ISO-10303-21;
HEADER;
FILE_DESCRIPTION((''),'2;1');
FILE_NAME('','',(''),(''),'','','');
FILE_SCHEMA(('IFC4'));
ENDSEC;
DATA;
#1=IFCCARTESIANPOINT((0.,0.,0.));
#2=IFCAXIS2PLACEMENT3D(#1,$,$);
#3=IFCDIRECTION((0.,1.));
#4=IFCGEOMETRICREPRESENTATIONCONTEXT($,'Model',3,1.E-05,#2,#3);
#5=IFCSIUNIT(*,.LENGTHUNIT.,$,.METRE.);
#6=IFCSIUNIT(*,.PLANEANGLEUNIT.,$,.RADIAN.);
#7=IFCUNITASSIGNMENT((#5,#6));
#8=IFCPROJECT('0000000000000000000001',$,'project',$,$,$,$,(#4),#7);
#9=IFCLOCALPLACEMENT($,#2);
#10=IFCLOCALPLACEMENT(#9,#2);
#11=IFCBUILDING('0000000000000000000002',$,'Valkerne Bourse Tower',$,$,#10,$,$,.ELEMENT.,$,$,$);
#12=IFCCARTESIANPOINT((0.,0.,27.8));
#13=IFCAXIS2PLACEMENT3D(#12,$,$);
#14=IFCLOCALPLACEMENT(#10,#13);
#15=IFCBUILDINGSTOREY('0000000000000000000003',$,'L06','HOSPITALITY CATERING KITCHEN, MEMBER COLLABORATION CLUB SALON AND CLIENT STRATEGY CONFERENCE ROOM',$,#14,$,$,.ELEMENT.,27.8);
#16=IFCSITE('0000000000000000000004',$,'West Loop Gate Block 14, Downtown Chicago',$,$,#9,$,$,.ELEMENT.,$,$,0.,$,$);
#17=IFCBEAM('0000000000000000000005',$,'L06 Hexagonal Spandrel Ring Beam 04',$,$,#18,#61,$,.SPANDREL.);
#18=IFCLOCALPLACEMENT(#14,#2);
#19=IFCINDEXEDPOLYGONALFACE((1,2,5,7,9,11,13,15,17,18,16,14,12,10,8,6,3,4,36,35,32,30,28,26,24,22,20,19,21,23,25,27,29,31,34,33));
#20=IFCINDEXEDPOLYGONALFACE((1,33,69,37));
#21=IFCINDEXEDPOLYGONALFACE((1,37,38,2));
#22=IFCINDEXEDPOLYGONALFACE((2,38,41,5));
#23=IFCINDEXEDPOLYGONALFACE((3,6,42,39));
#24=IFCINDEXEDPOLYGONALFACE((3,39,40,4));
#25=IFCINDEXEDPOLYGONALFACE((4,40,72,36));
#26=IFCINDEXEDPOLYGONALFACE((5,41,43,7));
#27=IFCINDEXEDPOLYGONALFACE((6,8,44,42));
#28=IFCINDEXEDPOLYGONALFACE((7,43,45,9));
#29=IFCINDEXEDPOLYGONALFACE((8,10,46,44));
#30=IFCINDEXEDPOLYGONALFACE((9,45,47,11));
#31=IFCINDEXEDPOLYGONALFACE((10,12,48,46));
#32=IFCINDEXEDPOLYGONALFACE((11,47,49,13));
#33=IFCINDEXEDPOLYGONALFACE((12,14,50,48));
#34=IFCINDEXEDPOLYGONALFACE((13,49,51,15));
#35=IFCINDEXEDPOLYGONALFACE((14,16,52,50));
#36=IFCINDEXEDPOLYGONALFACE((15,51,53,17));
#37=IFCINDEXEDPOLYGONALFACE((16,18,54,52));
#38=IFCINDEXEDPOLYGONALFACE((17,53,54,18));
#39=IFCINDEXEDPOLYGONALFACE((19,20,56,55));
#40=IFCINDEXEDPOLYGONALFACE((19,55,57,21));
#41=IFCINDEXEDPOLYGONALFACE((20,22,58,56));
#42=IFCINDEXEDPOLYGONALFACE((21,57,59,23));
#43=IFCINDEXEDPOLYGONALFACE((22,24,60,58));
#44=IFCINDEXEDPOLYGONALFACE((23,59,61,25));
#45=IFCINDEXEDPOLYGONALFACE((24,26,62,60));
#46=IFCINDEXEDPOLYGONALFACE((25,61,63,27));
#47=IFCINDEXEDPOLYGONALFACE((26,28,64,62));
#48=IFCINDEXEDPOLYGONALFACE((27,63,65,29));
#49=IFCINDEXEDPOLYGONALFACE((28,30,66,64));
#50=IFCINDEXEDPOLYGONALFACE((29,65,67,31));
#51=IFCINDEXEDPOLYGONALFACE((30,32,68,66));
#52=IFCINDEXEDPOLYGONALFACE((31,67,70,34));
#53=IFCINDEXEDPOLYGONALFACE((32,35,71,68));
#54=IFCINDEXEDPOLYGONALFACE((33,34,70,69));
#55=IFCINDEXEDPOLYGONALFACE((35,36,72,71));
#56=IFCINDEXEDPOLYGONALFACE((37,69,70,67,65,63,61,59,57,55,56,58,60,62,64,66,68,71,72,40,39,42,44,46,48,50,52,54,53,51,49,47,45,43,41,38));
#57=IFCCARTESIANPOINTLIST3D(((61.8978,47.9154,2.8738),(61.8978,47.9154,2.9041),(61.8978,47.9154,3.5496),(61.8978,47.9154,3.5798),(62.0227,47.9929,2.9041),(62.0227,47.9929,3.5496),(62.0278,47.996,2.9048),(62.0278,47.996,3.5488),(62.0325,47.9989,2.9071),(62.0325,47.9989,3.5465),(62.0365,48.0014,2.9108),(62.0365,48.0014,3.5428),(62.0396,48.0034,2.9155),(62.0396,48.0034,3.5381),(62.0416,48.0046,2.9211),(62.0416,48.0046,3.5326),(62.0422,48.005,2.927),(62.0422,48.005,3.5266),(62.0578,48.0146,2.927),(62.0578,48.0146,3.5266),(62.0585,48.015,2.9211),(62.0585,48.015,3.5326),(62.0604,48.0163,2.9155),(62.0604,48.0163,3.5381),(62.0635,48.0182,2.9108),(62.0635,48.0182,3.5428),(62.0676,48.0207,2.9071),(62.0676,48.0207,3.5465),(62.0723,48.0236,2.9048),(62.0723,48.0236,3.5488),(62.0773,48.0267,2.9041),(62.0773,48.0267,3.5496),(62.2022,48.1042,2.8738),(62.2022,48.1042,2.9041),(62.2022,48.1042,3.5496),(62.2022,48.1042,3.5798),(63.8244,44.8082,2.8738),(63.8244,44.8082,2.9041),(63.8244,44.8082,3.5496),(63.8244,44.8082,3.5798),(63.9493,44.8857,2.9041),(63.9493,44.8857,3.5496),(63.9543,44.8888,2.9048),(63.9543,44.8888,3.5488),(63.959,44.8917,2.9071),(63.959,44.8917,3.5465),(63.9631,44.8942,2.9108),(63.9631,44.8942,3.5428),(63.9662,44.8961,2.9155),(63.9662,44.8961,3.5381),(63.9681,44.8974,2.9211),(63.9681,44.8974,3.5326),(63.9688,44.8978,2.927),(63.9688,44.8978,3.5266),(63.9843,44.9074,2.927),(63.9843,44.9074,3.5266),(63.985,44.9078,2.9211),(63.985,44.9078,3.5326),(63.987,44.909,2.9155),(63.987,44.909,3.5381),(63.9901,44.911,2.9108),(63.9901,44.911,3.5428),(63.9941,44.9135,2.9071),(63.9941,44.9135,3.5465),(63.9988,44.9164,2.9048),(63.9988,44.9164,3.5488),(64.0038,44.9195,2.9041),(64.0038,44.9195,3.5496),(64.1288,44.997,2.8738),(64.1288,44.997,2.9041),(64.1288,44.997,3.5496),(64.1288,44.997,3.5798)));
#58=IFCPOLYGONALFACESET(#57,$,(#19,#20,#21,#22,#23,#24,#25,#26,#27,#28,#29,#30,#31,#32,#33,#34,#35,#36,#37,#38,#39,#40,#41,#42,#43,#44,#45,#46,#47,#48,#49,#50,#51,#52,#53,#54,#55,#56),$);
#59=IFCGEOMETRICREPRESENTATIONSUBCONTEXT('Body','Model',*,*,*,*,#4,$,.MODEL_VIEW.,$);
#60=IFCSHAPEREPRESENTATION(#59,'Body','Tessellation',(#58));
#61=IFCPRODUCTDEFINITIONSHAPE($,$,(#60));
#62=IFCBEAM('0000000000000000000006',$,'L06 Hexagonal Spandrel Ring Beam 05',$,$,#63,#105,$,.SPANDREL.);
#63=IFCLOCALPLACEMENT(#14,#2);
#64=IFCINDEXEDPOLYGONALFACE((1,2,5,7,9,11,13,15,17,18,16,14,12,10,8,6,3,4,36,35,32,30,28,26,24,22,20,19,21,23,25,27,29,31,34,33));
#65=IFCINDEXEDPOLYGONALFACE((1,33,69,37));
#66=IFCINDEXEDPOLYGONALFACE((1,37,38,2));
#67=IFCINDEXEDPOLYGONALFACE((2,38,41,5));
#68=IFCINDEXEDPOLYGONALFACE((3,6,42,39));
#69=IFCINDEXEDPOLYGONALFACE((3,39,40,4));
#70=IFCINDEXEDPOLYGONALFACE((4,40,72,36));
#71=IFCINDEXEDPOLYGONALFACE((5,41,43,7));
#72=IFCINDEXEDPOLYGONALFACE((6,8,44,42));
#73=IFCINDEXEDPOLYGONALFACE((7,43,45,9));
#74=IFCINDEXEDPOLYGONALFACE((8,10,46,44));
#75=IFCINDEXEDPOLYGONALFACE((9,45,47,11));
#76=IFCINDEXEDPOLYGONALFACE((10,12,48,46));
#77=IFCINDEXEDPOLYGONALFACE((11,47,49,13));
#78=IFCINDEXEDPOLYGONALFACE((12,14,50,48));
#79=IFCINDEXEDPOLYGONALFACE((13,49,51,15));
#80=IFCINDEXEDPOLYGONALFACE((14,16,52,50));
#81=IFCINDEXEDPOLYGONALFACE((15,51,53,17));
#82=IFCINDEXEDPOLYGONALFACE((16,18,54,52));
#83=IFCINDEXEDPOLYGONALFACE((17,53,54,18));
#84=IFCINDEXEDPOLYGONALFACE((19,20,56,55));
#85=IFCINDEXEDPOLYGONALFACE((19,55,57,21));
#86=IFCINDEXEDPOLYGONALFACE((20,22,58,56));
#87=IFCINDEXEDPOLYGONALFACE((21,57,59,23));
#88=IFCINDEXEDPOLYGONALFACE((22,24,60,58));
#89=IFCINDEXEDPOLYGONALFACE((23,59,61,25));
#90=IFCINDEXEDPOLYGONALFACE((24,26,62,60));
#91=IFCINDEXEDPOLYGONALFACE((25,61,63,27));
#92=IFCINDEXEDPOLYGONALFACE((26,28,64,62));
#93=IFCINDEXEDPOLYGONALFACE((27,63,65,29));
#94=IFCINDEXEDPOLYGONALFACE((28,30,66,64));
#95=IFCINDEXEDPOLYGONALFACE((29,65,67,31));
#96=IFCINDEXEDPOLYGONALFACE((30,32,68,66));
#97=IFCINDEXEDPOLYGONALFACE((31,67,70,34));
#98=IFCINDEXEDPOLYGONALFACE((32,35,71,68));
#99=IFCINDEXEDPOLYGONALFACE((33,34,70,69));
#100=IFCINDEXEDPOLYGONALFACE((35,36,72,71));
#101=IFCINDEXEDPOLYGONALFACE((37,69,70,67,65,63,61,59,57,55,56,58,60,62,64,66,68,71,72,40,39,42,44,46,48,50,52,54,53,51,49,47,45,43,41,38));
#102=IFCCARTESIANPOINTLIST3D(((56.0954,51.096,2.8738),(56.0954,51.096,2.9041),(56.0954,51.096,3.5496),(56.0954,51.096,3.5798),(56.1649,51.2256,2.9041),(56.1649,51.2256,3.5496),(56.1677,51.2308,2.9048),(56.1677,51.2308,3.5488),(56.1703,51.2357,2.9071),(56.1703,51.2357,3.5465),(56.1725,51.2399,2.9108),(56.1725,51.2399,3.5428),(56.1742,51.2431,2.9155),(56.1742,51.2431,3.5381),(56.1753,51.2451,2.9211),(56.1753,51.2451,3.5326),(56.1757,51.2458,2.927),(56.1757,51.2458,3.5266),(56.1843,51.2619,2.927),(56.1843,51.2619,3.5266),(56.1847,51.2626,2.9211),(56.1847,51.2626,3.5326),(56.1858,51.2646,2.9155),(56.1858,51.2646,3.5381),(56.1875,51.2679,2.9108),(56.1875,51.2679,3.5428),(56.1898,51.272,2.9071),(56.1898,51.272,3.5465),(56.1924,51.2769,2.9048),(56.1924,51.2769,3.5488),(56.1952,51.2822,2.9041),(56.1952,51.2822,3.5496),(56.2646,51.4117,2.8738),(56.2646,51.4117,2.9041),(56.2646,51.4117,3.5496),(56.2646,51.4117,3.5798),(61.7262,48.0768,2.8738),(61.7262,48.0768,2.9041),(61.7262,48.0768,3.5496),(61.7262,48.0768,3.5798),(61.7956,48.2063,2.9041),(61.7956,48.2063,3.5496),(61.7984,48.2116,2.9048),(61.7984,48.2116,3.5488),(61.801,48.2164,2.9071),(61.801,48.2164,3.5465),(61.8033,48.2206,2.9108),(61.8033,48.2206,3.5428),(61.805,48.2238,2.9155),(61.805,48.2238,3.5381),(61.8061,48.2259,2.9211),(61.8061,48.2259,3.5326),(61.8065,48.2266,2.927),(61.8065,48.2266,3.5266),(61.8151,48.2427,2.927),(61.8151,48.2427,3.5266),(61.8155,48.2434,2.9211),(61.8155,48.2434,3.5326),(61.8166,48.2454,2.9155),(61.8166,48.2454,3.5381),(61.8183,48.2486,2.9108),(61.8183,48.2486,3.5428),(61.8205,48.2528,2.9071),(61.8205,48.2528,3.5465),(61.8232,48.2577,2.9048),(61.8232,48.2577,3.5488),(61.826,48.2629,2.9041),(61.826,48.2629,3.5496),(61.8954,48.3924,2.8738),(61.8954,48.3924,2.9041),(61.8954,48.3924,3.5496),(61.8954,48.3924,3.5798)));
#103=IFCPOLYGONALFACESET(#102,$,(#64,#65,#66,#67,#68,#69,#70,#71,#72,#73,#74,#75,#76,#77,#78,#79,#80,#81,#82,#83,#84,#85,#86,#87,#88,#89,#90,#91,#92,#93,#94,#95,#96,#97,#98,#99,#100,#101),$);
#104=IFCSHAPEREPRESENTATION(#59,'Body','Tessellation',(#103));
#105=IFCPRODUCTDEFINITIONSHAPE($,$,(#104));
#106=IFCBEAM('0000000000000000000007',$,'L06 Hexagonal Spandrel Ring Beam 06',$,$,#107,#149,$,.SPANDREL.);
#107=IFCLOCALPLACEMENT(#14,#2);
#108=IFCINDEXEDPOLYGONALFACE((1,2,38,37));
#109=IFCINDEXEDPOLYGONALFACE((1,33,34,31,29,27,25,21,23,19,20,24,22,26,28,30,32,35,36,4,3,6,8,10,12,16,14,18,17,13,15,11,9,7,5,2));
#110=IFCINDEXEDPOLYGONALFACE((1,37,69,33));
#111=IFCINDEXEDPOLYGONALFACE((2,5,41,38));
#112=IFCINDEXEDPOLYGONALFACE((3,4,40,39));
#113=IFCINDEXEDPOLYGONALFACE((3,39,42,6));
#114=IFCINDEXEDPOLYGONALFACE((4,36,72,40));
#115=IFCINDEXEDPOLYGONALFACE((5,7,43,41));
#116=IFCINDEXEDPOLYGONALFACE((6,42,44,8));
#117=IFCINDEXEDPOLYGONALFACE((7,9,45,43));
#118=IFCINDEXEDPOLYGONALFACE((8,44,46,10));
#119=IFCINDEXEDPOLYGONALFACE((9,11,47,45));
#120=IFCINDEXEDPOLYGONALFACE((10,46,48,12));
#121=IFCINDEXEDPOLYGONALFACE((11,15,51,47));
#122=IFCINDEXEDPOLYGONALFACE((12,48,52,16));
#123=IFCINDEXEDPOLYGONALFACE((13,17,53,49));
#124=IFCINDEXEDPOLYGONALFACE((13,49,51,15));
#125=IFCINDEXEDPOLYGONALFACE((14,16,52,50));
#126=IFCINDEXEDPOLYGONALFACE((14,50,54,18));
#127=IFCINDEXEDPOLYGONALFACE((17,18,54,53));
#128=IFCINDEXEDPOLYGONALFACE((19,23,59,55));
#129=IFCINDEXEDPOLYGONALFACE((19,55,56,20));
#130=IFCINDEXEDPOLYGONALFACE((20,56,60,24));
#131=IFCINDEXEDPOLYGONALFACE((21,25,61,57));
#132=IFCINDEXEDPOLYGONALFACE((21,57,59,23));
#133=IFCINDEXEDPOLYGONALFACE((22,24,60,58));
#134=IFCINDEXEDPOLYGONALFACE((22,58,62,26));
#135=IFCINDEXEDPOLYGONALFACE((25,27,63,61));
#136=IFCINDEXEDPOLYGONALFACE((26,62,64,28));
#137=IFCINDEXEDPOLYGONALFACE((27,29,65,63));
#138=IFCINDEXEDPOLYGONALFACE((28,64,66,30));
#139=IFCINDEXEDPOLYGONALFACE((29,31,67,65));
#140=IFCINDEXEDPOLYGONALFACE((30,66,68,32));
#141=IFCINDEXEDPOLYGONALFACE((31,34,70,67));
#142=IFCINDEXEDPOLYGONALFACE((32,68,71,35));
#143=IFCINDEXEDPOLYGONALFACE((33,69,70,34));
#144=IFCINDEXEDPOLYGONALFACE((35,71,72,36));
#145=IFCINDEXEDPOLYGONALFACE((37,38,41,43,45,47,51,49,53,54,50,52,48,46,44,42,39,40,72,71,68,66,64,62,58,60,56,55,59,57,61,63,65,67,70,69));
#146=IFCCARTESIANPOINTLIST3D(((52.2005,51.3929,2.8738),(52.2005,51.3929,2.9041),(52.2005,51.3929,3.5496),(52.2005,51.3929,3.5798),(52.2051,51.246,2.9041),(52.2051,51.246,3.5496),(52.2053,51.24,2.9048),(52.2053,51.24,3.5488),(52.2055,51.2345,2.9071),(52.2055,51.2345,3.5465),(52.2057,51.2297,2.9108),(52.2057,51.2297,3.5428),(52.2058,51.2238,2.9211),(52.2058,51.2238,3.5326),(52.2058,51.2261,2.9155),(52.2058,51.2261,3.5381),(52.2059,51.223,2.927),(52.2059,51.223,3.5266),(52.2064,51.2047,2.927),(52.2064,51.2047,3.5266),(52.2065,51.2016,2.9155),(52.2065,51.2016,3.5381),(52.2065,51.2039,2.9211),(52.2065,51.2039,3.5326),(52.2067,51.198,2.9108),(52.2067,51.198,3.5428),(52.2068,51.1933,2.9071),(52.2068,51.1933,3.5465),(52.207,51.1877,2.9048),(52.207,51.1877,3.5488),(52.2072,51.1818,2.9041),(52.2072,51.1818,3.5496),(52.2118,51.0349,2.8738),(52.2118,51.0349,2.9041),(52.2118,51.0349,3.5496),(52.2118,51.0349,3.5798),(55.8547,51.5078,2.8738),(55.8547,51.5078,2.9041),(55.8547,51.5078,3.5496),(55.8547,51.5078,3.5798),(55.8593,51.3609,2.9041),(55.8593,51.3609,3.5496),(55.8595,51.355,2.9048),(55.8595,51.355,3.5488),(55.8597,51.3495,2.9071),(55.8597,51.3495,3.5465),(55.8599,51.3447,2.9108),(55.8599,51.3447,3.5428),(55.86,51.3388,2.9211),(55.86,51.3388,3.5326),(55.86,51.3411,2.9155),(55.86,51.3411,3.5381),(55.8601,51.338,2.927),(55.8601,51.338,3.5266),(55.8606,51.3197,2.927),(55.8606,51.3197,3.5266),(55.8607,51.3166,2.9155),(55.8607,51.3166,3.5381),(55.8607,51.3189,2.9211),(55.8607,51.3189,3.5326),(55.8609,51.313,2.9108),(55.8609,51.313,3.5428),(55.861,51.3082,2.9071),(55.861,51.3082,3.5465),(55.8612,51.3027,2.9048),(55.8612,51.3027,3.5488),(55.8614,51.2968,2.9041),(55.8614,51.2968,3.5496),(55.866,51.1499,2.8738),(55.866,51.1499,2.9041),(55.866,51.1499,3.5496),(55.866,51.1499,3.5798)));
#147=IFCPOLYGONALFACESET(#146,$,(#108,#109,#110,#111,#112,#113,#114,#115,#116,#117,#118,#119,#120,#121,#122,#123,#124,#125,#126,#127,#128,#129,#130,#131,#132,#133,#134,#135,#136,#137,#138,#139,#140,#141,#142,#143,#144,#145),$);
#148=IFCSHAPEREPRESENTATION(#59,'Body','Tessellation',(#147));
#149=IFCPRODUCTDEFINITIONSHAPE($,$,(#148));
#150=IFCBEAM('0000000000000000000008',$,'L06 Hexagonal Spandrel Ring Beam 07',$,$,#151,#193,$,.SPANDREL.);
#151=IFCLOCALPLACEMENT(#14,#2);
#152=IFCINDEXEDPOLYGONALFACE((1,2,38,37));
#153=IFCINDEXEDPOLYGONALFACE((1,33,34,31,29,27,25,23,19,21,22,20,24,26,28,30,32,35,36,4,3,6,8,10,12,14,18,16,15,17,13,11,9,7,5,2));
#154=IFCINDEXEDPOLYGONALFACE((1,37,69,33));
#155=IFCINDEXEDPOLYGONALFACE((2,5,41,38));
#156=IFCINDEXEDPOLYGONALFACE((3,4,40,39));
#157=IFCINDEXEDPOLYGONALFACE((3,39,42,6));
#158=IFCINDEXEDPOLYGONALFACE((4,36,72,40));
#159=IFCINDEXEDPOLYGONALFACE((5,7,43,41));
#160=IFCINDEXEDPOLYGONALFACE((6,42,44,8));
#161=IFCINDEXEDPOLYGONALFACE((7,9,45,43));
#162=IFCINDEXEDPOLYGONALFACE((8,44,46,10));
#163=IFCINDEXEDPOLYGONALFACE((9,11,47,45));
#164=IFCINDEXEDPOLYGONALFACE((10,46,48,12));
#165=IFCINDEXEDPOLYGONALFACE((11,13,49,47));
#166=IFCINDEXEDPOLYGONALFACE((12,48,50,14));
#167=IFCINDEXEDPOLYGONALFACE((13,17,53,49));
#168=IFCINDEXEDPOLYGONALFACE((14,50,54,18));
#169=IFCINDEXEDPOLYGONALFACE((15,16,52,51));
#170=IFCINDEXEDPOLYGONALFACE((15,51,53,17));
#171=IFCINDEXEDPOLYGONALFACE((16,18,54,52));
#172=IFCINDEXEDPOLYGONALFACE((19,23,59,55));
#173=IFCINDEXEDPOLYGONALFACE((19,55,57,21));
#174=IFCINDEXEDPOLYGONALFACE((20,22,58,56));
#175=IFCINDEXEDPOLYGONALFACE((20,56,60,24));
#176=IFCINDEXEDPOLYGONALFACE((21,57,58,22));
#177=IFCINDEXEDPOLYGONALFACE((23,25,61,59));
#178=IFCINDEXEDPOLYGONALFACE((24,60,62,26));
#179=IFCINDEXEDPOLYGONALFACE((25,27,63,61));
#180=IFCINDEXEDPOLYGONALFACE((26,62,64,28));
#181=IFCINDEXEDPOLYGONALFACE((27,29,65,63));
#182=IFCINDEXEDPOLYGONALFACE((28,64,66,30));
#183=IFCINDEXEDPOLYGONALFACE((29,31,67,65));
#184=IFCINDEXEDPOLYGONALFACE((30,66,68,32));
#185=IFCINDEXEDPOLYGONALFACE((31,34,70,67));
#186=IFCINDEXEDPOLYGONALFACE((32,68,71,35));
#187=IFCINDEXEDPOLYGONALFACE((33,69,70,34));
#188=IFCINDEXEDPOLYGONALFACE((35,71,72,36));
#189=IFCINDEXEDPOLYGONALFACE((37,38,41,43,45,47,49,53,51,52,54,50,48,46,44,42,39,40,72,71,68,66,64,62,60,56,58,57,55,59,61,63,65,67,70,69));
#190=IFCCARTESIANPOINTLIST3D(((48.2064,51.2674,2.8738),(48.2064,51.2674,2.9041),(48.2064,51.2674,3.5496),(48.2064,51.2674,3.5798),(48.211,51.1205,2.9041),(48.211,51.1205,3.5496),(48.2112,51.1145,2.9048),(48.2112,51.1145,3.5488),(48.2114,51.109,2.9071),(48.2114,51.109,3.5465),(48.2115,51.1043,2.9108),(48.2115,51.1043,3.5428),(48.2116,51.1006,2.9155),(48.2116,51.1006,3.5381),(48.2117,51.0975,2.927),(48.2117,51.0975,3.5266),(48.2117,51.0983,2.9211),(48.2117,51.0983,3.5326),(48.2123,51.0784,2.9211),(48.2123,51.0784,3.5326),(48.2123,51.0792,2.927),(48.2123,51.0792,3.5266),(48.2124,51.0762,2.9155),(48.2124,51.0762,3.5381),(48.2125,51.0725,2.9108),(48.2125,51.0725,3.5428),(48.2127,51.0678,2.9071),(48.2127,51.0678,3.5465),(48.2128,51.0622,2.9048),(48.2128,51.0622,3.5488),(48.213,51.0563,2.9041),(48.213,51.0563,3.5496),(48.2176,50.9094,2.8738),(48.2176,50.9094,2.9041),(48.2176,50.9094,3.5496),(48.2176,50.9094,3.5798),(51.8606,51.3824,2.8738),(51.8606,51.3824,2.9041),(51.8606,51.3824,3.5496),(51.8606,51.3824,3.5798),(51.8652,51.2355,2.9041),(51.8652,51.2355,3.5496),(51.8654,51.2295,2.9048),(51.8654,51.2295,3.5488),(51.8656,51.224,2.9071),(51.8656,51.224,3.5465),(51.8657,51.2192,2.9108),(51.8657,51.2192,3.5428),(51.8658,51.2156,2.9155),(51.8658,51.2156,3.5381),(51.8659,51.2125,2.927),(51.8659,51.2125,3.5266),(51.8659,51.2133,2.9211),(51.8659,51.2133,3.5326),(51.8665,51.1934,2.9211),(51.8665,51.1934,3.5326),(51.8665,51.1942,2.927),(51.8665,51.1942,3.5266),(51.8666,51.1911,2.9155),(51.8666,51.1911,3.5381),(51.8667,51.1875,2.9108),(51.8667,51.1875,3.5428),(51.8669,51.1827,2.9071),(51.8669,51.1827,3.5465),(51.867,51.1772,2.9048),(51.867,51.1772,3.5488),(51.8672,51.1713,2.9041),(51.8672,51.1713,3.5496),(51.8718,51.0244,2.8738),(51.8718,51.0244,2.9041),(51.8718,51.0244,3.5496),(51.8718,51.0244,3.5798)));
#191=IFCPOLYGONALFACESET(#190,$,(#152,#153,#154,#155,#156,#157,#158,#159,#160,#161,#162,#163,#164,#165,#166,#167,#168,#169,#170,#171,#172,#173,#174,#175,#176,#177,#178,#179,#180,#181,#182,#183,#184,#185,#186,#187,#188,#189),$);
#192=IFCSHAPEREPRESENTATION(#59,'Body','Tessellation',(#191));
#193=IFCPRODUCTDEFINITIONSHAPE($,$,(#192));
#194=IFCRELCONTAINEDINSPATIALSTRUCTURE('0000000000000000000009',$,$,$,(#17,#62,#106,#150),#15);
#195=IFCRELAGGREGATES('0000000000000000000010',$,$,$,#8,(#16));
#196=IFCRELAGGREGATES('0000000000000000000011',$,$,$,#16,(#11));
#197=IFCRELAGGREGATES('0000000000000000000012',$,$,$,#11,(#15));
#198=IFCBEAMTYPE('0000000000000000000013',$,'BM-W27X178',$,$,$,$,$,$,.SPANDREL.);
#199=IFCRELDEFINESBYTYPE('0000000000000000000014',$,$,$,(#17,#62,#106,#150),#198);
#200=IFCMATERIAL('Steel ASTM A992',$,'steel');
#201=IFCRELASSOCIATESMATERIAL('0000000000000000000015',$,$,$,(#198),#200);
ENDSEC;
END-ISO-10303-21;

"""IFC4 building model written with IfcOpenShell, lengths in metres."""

from ifc_helpers import new_model, si_unit, direction, frame, origin, origin_2d, place, context, subcontext, project, spatial, i_section, extrude, material, material_profile, profile_set, type_object, element, save


model = new_model("IFC4")

# Units and contexts
model_context = context("Model", 3, precision=1e-05, world=origin(), true_north=direction((0.0, 1.0)))
body_context = subcontext(model_context, "Body", "Model", "MODEL_VIEW")
ifc_project = project(units=[si_unit("LENGTHUNIT", "METRE"), si_unit("PLANEANGLEUNIT", "RADIAN")], contexts=[model_context])

# Site, building, storey
site_placement = place(None, origin())
site = spatial("IfcSite", under=ifc_project, at=site_placement, Name="West Loop Gate Block 14, Downtown Chicago", CompositionType="ELEMENT", RefElevation=0.0)
building_placement = place(site_placement, origin())
building = spatial("IfcBuilding", under=site, at=building_placement, Name="Valkerne Bourse Tower", CompositionType="ELEMENT")
storey_placement = place(building_placement, frame((0.0, 0.0, 27.8)))
storey = spatial("IfcBuildingStorey", under=building, at=storey_placement, Name="L06", Description="HOSPITALITY CATERING KITCHEN, MEMBER COLLABORATION CLUB SALON AND CLIENT STRATEGY CONFERENCE ROOM", CompositionType="ELEMENT", Elevation=27.8)

# Beams
ifc_material_1 = material(Name="Steel ASTM A992", Category="steel")
ifc_material_profile_1 = material_profile(ifc_material_1, i_section(OverallWidth=0.3582, OverallDepth=0.7061, WebThickness=0.0183, FlangeThickness=0.0303, FilletRadius=0.0229, at=origin_2d()), Name="W27X178")
ifc_profile_set_1 = profile_set([ifc_material_profile_1], Name="Steel ASTM A992")
beam_type = type_object("IfcBeamType", Name="BM-W27X178", PredefinedType="SPANDREL", material=ifc_profile_set_1)
for number, where, z_axis, x_axis, name in (
    (1, (63.9766, 44.9026, 3.2268), (-0.526952, 0.849895, 0.0), (-0.849895, -0.526952, 0.0), "L06 Hexagonal Spandrel Ring Beam 04"),
):
    element("IfcBeam", number, at=place(storey_placement, frame(where, z_axis=z_axis, x_axis=x_axis)), inside=storey, type_object=beam_type, Name=name, PredefinedType="SPANDREL", context=body_context, shape_type="SweptSolid", body=[
        extrude(i_section(OverallWidth=0.3582, OverallDepth=0.7061, WebThickness=0.0183, FlangeThickness=0.0303, FilletRadius=0.0229, at=origin_2d()), origin(), (0.0, 0.0, 1.0), 3.656),
    ])
beam_placement = place(storey_placement, frame((61.8108, 48.2346, 3.2268), z_axis=(-0.8813, 0.472556, 0.0), x_axis=(-0.472556, -0.8813, 0.0)))
element("IfcBeam", 2, at=beam_placement, inside=storey, type_object=beam_type, Name="L06 Hexagonal Spandrel Ring Beam 05", PredefinedType="SPANDREL", context=body_context, shape_type="SweptSolid", body=[
    extrude(i_section(OverallWidth=0.3582, OverallDepth=0.7061, WebThickness=0.0183, FlangeThickness=0.0303, FilletRadius=0.0229, at=origin_2d()), origin(), (0.0, 0.0, 1.0), 6.3892),
])
for number, where, z_axis, x_axis, name in (
    (3, (55.8604, 51.3289, 3.2268), (-0.999505, -0.031452, 0.0), (0.031452, -0.999505, 0.0), "L06 Hexagonal Spandrel Ring Beam 06"),
    (4, (51.8662, 51.2034, 3.2268), (-0.999505, -0.031452, 0.0), (0.031452, -0.999505, 0.0), "L06 Hexagonal Spandrel Ring Beam 07"),
):
    element("IfcBeam", number, at=place(storey_placement, frame(where, z_axis=z_axis, x_axis=x_axis)), inside=storey, type_object=beam_type, Name=name, PredefinedType="SPANDREL", context=body_context, shape_type="SweptSolid", body=[
        extrude(i_section(OverallWidth=0.3582, OverallDepth=0.7061, WebThickness=0.0183, FlangeThickness=0.0303, FilletRadius=0.0229, at=origin_2d()), origin(), (0.0, 0.0, 1.0), 3.656),
    ])

save(model, "model.ifc")
